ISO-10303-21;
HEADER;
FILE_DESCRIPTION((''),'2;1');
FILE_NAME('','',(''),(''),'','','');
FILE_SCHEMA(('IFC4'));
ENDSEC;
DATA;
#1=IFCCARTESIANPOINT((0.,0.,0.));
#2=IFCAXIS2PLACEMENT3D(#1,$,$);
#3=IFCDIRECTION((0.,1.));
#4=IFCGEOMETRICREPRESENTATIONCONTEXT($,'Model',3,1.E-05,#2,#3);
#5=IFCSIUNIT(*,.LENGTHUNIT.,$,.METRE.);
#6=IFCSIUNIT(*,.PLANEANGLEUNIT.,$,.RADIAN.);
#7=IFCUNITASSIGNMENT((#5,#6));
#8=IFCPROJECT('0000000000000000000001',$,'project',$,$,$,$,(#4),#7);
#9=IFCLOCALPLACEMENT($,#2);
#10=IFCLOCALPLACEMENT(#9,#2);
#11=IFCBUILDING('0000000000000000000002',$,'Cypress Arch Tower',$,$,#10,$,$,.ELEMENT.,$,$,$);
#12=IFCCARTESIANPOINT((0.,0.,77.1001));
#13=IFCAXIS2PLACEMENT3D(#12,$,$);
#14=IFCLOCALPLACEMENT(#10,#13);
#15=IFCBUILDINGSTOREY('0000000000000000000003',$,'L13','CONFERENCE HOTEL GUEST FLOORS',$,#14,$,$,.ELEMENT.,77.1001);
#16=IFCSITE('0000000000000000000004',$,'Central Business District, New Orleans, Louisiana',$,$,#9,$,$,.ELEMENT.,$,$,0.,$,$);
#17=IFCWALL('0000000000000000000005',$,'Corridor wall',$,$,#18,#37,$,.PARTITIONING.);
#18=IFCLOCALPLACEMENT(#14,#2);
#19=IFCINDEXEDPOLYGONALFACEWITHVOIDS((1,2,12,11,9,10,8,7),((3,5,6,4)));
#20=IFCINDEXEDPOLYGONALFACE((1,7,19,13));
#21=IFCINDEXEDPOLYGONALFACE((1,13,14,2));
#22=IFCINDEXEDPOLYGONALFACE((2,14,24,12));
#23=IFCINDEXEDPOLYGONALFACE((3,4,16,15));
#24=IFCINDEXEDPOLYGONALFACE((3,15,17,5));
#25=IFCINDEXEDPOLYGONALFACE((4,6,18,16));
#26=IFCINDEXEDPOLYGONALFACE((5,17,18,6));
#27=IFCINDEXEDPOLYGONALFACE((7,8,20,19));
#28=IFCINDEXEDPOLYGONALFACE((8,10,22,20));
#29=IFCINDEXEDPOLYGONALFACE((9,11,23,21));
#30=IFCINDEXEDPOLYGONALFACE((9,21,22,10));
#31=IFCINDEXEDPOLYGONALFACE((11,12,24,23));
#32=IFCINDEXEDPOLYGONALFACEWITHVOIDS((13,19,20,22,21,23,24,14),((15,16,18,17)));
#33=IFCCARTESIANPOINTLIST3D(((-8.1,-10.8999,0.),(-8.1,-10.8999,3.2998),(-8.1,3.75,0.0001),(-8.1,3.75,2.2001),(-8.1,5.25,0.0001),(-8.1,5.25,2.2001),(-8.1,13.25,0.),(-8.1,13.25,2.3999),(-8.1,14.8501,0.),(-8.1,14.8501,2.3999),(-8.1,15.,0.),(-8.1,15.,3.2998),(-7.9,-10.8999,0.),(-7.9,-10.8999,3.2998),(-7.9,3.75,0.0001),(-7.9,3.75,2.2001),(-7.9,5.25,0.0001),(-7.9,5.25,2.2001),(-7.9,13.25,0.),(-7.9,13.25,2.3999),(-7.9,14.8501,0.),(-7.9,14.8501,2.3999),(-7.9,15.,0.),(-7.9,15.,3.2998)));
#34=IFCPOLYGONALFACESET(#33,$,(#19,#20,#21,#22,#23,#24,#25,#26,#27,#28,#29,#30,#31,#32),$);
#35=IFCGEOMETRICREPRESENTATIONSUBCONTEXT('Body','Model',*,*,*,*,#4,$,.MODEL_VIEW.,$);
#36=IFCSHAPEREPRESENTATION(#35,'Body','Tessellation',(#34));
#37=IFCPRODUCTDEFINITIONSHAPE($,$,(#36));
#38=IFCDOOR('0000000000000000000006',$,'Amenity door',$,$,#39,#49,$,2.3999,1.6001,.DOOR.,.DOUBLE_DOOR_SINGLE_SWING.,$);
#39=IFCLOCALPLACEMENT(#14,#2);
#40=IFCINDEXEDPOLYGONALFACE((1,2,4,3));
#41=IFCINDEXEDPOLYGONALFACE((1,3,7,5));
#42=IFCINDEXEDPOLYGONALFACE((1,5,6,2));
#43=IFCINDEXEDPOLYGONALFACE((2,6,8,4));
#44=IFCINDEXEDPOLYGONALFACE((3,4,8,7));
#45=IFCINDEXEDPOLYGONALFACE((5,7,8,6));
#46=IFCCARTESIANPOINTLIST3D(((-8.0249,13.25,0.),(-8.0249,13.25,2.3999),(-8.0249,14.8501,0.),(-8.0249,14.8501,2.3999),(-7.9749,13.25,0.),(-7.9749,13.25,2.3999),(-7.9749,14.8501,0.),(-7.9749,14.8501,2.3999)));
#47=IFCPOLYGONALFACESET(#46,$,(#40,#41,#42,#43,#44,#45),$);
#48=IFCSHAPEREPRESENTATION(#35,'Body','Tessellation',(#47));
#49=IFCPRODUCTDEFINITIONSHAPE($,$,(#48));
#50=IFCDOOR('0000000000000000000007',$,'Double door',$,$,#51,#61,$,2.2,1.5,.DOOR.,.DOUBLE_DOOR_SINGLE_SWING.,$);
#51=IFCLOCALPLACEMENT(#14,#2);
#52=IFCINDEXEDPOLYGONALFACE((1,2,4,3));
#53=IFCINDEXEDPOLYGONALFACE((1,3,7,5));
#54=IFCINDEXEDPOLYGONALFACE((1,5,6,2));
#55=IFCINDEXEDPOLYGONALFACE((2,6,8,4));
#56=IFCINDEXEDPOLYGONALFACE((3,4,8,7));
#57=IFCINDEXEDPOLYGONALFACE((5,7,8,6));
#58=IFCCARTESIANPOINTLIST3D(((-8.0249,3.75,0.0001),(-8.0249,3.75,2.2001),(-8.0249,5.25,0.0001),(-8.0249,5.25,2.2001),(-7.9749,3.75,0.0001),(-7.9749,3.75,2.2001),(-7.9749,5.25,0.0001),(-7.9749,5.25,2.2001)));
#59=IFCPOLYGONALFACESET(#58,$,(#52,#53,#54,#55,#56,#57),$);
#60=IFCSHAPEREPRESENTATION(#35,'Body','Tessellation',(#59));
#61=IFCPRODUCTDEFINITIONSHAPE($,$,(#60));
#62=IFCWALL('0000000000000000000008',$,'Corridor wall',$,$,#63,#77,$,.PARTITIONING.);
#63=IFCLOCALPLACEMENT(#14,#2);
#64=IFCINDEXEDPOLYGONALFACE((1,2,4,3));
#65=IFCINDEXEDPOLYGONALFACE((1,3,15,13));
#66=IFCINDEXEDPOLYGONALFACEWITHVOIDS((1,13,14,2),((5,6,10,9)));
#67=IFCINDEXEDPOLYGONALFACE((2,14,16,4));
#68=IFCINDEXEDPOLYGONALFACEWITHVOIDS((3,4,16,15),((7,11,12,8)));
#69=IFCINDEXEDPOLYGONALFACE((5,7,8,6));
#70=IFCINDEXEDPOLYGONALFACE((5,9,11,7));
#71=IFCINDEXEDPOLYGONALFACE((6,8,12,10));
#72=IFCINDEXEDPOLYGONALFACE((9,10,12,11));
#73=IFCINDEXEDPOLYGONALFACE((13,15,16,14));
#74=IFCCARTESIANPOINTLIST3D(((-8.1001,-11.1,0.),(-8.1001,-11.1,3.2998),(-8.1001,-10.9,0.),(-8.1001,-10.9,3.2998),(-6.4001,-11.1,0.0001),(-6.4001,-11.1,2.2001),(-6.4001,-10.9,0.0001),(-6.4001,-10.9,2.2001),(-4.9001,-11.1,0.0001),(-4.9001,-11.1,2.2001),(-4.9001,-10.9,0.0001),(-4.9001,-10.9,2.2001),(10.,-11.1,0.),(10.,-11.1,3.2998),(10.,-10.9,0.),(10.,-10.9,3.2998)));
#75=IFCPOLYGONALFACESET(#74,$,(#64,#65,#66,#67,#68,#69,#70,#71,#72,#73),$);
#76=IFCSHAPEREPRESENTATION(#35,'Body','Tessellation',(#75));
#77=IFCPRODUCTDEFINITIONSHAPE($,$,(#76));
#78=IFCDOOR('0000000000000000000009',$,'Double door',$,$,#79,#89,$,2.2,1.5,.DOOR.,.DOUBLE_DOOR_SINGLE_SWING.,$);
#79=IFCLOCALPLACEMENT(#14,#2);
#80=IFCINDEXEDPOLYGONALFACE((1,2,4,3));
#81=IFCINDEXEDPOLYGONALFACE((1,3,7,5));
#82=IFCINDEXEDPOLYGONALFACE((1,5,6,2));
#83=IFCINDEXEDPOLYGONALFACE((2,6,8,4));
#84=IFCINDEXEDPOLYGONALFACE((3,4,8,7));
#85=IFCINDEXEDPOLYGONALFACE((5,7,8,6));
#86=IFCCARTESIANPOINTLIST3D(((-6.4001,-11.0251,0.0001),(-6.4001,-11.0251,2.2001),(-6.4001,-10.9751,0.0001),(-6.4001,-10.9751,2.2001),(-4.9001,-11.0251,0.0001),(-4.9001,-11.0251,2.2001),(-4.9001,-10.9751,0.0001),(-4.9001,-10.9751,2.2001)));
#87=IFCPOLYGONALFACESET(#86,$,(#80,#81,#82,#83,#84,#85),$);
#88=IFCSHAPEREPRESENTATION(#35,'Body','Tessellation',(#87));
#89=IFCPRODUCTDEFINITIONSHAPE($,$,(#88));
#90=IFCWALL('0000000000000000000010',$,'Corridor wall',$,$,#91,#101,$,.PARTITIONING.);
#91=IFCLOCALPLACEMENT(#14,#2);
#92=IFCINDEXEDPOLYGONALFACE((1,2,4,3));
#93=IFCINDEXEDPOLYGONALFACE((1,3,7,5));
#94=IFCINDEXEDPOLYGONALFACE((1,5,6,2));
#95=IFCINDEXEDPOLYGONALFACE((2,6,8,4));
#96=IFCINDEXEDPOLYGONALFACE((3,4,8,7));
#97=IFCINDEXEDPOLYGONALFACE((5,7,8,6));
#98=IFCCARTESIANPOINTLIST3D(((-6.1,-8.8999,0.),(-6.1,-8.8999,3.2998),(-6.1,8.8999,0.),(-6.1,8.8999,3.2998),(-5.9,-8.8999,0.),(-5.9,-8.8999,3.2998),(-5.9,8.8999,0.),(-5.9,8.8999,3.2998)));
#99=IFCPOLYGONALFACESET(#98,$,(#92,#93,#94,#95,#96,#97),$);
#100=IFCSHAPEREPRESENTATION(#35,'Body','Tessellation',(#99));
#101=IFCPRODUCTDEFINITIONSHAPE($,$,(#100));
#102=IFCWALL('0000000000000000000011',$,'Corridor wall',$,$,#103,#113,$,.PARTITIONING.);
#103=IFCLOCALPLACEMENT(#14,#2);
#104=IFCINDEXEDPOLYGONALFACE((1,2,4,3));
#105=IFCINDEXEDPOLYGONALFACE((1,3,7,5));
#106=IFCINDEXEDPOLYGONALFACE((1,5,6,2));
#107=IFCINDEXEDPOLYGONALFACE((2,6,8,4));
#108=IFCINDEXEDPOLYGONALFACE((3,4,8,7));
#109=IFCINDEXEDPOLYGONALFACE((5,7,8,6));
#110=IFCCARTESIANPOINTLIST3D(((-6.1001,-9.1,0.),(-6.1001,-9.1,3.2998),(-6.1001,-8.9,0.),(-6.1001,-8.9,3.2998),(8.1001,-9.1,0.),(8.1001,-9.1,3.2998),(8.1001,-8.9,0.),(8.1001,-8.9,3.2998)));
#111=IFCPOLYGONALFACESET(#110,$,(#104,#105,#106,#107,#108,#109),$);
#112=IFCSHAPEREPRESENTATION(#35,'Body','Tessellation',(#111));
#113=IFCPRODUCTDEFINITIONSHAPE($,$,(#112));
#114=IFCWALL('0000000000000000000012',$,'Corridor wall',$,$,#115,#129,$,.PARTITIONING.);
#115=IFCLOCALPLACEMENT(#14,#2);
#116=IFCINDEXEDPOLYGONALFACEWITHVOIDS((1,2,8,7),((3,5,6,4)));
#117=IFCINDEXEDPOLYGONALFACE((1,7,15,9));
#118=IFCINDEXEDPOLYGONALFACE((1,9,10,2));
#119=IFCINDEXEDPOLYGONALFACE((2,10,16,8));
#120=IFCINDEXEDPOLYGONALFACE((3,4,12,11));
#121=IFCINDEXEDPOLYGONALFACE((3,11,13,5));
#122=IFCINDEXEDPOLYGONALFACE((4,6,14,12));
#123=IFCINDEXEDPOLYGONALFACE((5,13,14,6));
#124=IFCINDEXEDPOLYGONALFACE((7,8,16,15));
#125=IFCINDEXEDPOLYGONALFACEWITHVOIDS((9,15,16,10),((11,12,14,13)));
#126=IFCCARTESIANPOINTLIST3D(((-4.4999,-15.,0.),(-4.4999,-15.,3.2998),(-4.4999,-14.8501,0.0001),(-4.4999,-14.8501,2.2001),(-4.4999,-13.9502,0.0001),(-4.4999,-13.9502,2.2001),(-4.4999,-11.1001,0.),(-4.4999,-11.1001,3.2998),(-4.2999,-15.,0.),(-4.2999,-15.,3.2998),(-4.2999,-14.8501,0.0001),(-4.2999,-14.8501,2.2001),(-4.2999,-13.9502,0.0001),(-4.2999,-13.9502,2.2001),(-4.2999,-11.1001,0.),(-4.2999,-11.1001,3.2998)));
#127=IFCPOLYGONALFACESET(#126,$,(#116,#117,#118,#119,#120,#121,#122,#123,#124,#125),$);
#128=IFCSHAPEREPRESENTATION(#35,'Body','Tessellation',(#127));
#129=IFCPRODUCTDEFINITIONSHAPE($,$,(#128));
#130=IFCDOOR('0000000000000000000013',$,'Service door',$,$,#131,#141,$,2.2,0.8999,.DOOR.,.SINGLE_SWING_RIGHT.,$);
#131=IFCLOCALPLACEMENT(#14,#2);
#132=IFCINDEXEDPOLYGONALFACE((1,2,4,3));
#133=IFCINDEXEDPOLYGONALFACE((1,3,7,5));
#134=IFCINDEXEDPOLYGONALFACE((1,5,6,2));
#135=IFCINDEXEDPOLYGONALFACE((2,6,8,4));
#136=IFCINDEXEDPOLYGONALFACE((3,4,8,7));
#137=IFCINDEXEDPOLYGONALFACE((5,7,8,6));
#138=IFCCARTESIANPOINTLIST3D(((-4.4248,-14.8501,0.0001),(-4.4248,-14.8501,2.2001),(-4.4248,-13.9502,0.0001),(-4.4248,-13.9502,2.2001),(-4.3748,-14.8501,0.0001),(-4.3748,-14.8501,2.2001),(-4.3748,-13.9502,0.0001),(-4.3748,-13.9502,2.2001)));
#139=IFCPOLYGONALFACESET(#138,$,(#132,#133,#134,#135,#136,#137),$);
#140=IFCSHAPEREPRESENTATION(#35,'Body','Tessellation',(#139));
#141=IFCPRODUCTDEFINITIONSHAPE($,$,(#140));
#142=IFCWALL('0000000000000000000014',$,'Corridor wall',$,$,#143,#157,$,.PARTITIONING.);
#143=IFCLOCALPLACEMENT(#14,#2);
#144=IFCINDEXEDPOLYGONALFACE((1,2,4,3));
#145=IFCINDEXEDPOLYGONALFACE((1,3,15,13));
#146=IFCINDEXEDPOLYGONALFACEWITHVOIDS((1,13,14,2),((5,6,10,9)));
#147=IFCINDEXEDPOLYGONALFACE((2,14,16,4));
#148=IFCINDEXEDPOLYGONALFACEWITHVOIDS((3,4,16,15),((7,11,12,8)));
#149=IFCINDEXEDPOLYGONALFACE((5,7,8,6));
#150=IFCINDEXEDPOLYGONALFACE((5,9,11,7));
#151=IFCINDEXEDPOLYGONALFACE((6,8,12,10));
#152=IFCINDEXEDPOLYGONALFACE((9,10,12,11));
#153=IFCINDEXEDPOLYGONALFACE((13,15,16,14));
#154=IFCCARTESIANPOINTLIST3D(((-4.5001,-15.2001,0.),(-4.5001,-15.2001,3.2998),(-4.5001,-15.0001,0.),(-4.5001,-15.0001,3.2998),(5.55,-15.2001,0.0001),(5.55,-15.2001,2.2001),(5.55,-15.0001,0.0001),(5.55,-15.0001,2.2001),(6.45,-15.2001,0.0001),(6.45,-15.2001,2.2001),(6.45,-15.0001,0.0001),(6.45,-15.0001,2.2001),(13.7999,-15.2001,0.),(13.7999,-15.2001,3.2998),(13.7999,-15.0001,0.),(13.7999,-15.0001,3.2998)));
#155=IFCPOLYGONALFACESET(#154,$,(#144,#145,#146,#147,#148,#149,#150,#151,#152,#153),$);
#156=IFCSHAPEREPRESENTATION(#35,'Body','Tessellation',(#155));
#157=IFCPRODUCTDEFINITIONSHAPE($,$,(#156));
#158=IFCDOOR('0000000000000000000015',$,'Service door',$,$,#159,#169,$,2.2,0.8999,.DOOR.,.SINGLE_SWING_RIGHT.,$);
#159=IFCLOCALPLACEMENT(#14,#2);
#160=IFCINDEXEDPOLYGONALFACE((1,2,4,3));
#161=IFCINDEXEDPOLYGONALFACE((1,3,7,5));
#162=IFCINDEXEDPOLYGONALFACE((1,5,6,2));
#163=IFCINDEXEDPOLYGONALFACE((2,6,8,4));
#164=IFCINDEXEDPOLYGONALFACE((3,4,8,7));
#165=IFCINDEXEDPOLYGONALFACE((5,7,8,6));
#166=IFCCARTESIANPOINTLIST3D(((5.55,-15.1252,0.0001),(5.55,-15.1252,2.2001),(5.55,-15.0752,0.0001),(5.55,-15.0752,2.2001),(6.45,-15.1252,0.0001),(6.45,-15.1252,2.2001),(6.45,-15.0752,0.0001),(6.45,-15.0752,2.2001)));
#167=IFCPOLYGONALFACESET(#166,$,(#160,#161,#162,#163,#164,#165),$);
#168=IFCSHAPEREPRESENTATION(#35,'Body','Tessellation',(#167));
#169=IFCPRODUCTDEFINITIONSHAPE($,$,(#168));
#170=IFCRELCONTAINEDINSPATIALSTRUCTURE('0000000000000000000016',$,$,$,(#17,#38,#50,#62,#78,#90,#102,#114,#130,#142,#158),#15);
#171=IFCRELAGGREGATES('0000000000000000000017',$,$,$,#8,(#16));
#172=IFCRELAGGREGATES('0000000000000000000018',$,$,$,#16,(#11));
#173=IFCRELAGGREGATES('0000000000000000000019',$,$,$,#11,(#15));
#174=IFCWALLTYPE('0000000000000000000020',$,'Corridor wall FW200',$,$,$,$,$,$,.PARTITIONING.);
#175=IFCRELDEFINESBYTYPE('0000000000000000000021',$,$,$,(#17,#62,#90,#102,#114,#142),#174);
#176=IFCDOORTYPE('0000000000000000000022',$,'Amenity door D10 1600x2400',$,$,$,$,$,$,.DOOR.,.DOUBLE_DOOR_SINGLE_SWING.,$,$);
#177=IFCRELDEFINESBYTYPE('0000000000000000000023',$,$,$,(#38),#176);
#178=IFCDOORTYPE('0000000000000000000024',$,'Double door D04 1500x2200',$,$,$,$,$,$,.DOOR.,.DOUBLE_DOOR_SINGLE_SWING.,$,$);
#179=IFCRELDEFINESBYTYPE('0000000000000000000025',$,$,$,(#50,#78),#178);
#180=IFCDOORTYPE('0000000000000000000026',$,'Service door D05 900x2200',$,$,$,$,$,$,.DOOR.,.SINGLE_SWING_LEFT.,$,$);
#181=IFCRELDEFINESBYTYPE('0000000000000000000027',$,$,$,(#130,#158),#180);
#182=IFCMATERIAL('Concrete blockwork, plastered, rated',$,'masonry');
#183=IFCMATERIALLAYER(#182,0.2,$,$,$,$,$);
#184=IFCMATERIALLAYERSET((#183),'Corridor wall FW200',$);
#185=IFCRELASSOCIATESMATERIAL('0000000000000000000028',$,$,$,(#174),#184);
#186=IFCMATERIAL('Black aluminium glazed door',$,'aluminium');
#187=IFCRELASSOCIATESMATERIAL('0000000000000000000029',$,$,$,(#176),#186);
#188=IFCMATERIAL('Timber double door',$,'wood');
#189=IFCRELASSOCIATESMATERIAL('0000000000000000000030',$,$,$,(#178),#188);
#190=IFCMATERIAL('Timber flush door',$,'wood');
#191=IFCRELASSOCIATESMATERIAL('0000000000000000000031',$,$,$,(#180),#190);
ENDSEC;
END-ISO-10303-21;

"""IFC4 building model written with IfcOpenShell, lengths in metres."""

from ifc_helpers import new_model, si_unit, direction, frame, frame_2d, origin, place, context, subcontext, project, spatial, rectangle, extrude, material, layer, layer_set, type_object, element, fill, save


model = new_model("IFC4")

# Units and contexts
model_context = context("Model", 3, precision=1e-05, world=origin(), true_north=direction((0.0, 1.0)))
body_context = subcontext(model_context, "Body", "Model", "MODEL_VIEW")
ifc_project = project(units=[si_unit("LENGTHUNIT", "METRE"), si_unit("PLANEANGLEUNIT", "RADIAN")], contexts=[model_context])

# Site, building, storey
site_placement = place(None, origin())
site = spatial("IfcSite", under=ifc_project, at=site_placement, Name="Central Business District, New Orleans, Louisiana", CompositionType="ELEMENT", RefElevation=0.0)
building_placement = place(site_placement, origin())
building = spatial("IfcBuilding", under=site, at=building_placement, Name="Cypress Arch Tower", CompositionType="ELEMENT")
storey_placement = place(building_placement, frame((0.0, 0.0, 77.1001)))
storey = spatial("IfcBuildingStorey", under=building, at=storey_placement, Name="L13", Description="CONFERENCE HOTEL GUEST FLOORS", CompositionType="ELEMENT", Elevation=77.1001)

# Wall, openings, doors
ifc_material_1 = material(Name="Concrete blockwork, plastered, rated", Category="masonry")
ifc_layer = layer(ifc_material_1, 0.2)
ifc_layer_set = layer_set([ifc_layer], Name="Corridor wall FW200")
wall_type = type_object("IfcWallType", Name="Corridor wall FW200", PredefinedType="PARTITIONING", material=ifc_layer_set)
wall_1_placement = place(storey_placement, frame((-8.0, -10.8999, 0.0), z_axis=(0.0, 0.0, 1.0), x_axis=(0.0, 1.0, 0.0)))
wall_1 = element("IfcWall", 1, at=wall_1_placement, inside=storey, type_object=wall_type, Name="Corridor wall", PredefinedType="PARTITIONING", context=body_context, shape_type="SweptSolid", body=[
    extrude(rectangle(XDim=25.8999, YDim=0.2, at=frame_2d((12.95, 0.0))), origin(), (0.0, 0.0, 1.0), 3.2998),
])
opening_1_placement = place(wall_1_placement, frame((14.6499, 0.0, 0.0)))
opening_1 = element("IfcOpeningElement", 2, at=opening_1_placement, cuts=wall_1, PredefinedType="OPENING", context=body_context, shape_type="SweptSolid", body=[
    extrude(rectangle(XDim=1.5, YDim=2.2, at=frame_2d((0.75, 1.1001))), frame((0.0, 0.1099, 0.0), z_axis=(0.0, -1.0, 0.0), x_axis=(1.0, 0.0, 0.0)), (0.0, 0.0, 1.0), 0.22),
])
opening_2_placement = place(wall_1_placement, frame((24.1499, 0.0, 0.0)))
opening_2 = element("IfcOpeningElement", 3, at=opening_2_placement, cuts=wall_1, PredefinedType="OPENING", context=body_context, shape_type="SweptSolid", body=[
    extrude(rectangle(XDim=1.6001, YDim=2.3999, at=frame_2d((0.8, 1.2))), frame((0.0, 0.1099, 0.0), z_axis=(0.0, -1.0, 0.0), x_axis=(1.0, 0.0, 0.0)), (0.0, 0.0, 1.0), 0.22),
])
ifc_material_2 = material(Name="Black aluminium glazed door", Category="aluminium")
door_type_1 = type_object("IfcDoorType", Name="Amenity door D10 1600x2400", OperationType="DOUBLE_DOOR_SINGLE_SWING", PredefinedType="DOOR", material=ifc_material_2)
door_1_placement = place(opening_2_placement, origin())
door_1 = element("IfcDoor", 4, at=door_1_placement, inside=storey, type_object=door_type_1, Name="Amenity door", OperationType="DOUBLE_DOOR_SINGLE_SWING", OverallHeight=2.3999, OverallWidth=1.6001, PredefinedType="DOOR", context=body_context, shape_type="SweptSolid", body=[
    extrude(rectangle(XDim=1.6001, YDim=2.3999, at=frame_2d((0.8, 1.2))), frame((0.0, 0.0249, 0.0), z_axis=(0.0, -1.0, 0.0), x_axis=(1.0, 0.0, 0.0)), (0.0, 0.0, 1.0), 0.05),
])
fill(opening_2, door_1)
ifc_material_3 = material(Name="Timber double door", Category="wood")
door_type_2 = type_object("IfcDoorType", Name="Double door D04 1500x2200", OperationType="DOUBLE_DOOR_SINGLE_SWING", PredefinedType="DOOR", material=ifc_material_3)
door_2_placement = place(opening_1_placement, origin())
door_2 = element("IfcDoor", 5, at=door_2_placement, inside=storey, type_object=door_type_2, Name="Double door", OperationType="DOUBLE_DOOR_SINGLE_SWING", OverallHeight=2.2, OverallWidth=1.5, PredefinedType="DOOR", context=body_context, shape_type="SweptSolid", body=[
    extrude(rectangle(XDim=1.5, YDim=2.2, at=frame_2d((0.75, 1.1001))), frame((0.0, 0.0249, 0.0), z_axis=(0.0, -1.0, 0.0), x_axis=(1.0, 0.0, 0.0)), (0.0, 0.0, 1.0), 0.05),
])
fill(opening_1, door_2)

# Wall, opening, door
wall_2_placement = place(storey_placement, frame((-8.1001, -11.0, 0.0), z_axis=(0.0, 0.0, 1.0), x_axis=(1.0, 0.0, 0.0)))
wall_2 = element("IfcWall", 6, at=wall_2_placement, inside=storey, type_object=wall_type, Name="Corridor wall", PredefinedType="PARTITIONING", context=body_context, shape_type="SweptSolid", body=[
    extrude(rectangle(XDim=18.1001, YDim=0.2, at=frame_2d((9.05, 0.0))), origin(), (0.0, 0.0, 1.0), 3.2998),
])
opening_3_placement = place(wall_2_placement, frame((1.7, 0.0, 0.0)))
opening_3 = element("IfcOpeningElement", 7, at=opening_3_placement, cuts=wall_2, PredefinedType="OPENING", context=body_context, shape_type="SweptSolid", body=[
    extrude(rectangle(XDim=1.5, YDim=2.2, at=frame_2d((0.75, 1.1001))), frame((0.0, 0.1099, 0.0), z_axis=(0.0, -1.0, 0.0), x_axis=(1.0, 0.0, 0.0)), (0.0, 0.0, 1.0), 0.22),
])
door_3_placement = place(opening_3_placement, origin())
door_3 = element("IfcDoor", 8, at=door_3_placement, inside=storey, type_object=door_type_2, Name="Double door", OperationType="DOUBLE_DOOR_SINGLE_SWING", OverallHeight=2.2, OverallWidth=1.5, PredefinedType="DOOR", context=body_context, shape_type="SweptSolid", body=[
    extrude(rectangle(XDim=1.5, YDim=2.2, at=frame_2d((0.75, 1.1001))), frame((0.0, 0.0249, 0.0), z_axis=(0.0, -1.0, 0.0), x_axis=(1.0, 0.0, 0.0)), (0.0, 0.0, 1.0), 0.05),
])
fill(opening_3, door_3)

# Walls
wall_3_placement = place(storey_placement, frame((-6.0, -8.8999, 0.0), z_axis=(0.0, 0.0, 1.0), x_axis=(0.0, 1.0, 0.0)))
element("IfcWall", 9, at=wall_3_placement, inside=storey, type_object=wall_type, Name="Corridor wall", PredefinedType="PARTITIONING", context=body_context, shape_type="SweptSolid", body=[
    extrude(rectangle(XDim=17.7998, YDim=0.2, at=frame_2d((8.8999, 0.0))), origin(), (0.0, 0.0, 1.0), 3.2998),
])
wall_4_placement = place(storey_placement, frame((-6.1001, -9.0, 0.0), z_axis=(0.0, 0.0, 1.0), x_axis=(1.0, 0.0, 0.0)))
element("IfcWall", 10, at=wall_4_placement, inside=storey, type_object=wall_type, Name="Corridor wall", PredefinedType="PARTITIONING", context=body_context, shape_type="SweptSolid", body=[
    extrude(rectangle(XDim=14.2002, YDim=0.2, at=frame_2d((7.1001, 0.0))), origin(), (0.0, 0.0, 1.0), 3.2998),
])

# Walls, openings, doors
wall_5_placement = place(storey_placement, frame((-4.3999, -15.0, 0.0), z_axis=(0.0, 0.0, 1.0), x_axis=(0.0, 1.0, 0.0)))
wall_5 = element("IfcWall", 11, at=wall_5_placement, inside=storey, type_object=wall_type, Name="Corridor wall", PredefinedType="PARTITIONING", context=body_context, shape_type="SweptSolid", body=[
    extrude(rectangle(XDim=3.8999, YDim=0.2, at=frame_2d((1.95, 0.0))), origin(), (0.0, 0.0, 1.0), 3.2998),
])
opening_4_placement = place(wall_5_placement, frame((0.1499, 0.0, 0.0)))
opening_4 = element("IfcOpeningElement", 12, at=opening_4_placement, cuts=wall_5, PredefinedType="OPENING", context=body_context, shape_type="SweptSolid", body=[
    extrude(rectangle(XDim=0.8999, YDim=2.2, at=frame_2d((0.45, 1.1001))), frame((0.0, 0.1099, 0.0), z_axis=(0.0, -1.0, 0.0), x_axis=(1.0, 0.0, 0.0)), (0.0, 0.0, 1.0), 0.22),
])
ifc_material_4 = material(Name="Timber flush door", Category="wood")
door_type_3 = type_object("IfcDoorType", Name="Service door D05 900x2200", OperationType="SINGLE_SWING_LEFT", PredefinedType="DOOR", material=ifc_material_4)
door_4_placement = place(opening_4_placement, origin())
door_4 = element("IfcDoor", 13, at=door_4_placement, inside=storey, type_object=door_type_3, Name="Service door", OperationType="SINGLE_SWING_RIGHT", OverallHeight=2.2, OverallWidth=0.8999, PredefinedType="DOOR", context=body_context, shape_type="SweptSolid", body=[
    extrude(rectangle(XDim=0.8999, YDim=2.2, at=frame_2d((0.45, 1.1001))), frame((0.0, 0.0249, 0.0), z_axis=(0.0, -1.0, 0.0), x_axis=(1.0, 0.0, 0.0)), (0.0, 0.0, 1.0), 0.05),
])
fill(opening_4, door_4)
wall_6_placement = place(storey_placement, frame((-4.5, -15.1001, 0.0), z_axis=(0.0, 0.0, 1.0), x_axis=(1.0, 0.0, 0.0)))
wall_6 = element("IfcWall", 14, at=wall_6_placement, inside=storey, type_object=wall_type, Name="Corridor wall", PredefinedType="PARTITIONING", context=body_context, shape_type="SweptSolid", body=[
    extrude(rectangle(XDim=18.3, YDim=0.2, at=frame_2d((9.1499, 0.0))), origin(), (0.0, 0.0, 1.0), 3.2998),
])
opening_5_placement = place(wall_6_placement, frame((10.05, 0.0, 0.0)))
opening_5 = element("IfcOpeningElement", 15, at=opening_5_placement, cuts=wall_6, PredefinedType="OPENING", context=body_context, shape_type="SweptSolid", body=[
    extrude(rectangle(XDim=0.8999, YDim=2.2, at=frame_2d((0.45, 1.1001))), frame((0.0, 0.1099, 0.0), z_axis=(0.0, -1.0, 0.0), x_axis=(1.0, 0.0, 0.0)), (0.0, 0.0, 1.0), 0.22),
])
door_5_placement = place(opening_5_placement, origin())
door_5 = element("IfcDoor", 16, at=door_5_placement, inside=storey, type_object=door_type_3, Name="Service door", OperationType="SINGLE_SWING_RIGHT", OverallHeight=2.2, OverallWidth=0.8999, PredefinedType="DOOR", context=body_context, shape_type="SweptSolid", body=[
    extrude(rectangle(XDim=0.8999, YDim=2.2, at=frame_2d((0.45, 1.1001))), frame((0.0, 0.0249, 0.0), z_axis=(0.0, -1.0, 0.0), x_axis=(1.0, 0.0, 0.0)), (0.0, 0.0, 1.0), 0.05),
])
fill(opening_5, door_5)

save(model, "model.ifc")
